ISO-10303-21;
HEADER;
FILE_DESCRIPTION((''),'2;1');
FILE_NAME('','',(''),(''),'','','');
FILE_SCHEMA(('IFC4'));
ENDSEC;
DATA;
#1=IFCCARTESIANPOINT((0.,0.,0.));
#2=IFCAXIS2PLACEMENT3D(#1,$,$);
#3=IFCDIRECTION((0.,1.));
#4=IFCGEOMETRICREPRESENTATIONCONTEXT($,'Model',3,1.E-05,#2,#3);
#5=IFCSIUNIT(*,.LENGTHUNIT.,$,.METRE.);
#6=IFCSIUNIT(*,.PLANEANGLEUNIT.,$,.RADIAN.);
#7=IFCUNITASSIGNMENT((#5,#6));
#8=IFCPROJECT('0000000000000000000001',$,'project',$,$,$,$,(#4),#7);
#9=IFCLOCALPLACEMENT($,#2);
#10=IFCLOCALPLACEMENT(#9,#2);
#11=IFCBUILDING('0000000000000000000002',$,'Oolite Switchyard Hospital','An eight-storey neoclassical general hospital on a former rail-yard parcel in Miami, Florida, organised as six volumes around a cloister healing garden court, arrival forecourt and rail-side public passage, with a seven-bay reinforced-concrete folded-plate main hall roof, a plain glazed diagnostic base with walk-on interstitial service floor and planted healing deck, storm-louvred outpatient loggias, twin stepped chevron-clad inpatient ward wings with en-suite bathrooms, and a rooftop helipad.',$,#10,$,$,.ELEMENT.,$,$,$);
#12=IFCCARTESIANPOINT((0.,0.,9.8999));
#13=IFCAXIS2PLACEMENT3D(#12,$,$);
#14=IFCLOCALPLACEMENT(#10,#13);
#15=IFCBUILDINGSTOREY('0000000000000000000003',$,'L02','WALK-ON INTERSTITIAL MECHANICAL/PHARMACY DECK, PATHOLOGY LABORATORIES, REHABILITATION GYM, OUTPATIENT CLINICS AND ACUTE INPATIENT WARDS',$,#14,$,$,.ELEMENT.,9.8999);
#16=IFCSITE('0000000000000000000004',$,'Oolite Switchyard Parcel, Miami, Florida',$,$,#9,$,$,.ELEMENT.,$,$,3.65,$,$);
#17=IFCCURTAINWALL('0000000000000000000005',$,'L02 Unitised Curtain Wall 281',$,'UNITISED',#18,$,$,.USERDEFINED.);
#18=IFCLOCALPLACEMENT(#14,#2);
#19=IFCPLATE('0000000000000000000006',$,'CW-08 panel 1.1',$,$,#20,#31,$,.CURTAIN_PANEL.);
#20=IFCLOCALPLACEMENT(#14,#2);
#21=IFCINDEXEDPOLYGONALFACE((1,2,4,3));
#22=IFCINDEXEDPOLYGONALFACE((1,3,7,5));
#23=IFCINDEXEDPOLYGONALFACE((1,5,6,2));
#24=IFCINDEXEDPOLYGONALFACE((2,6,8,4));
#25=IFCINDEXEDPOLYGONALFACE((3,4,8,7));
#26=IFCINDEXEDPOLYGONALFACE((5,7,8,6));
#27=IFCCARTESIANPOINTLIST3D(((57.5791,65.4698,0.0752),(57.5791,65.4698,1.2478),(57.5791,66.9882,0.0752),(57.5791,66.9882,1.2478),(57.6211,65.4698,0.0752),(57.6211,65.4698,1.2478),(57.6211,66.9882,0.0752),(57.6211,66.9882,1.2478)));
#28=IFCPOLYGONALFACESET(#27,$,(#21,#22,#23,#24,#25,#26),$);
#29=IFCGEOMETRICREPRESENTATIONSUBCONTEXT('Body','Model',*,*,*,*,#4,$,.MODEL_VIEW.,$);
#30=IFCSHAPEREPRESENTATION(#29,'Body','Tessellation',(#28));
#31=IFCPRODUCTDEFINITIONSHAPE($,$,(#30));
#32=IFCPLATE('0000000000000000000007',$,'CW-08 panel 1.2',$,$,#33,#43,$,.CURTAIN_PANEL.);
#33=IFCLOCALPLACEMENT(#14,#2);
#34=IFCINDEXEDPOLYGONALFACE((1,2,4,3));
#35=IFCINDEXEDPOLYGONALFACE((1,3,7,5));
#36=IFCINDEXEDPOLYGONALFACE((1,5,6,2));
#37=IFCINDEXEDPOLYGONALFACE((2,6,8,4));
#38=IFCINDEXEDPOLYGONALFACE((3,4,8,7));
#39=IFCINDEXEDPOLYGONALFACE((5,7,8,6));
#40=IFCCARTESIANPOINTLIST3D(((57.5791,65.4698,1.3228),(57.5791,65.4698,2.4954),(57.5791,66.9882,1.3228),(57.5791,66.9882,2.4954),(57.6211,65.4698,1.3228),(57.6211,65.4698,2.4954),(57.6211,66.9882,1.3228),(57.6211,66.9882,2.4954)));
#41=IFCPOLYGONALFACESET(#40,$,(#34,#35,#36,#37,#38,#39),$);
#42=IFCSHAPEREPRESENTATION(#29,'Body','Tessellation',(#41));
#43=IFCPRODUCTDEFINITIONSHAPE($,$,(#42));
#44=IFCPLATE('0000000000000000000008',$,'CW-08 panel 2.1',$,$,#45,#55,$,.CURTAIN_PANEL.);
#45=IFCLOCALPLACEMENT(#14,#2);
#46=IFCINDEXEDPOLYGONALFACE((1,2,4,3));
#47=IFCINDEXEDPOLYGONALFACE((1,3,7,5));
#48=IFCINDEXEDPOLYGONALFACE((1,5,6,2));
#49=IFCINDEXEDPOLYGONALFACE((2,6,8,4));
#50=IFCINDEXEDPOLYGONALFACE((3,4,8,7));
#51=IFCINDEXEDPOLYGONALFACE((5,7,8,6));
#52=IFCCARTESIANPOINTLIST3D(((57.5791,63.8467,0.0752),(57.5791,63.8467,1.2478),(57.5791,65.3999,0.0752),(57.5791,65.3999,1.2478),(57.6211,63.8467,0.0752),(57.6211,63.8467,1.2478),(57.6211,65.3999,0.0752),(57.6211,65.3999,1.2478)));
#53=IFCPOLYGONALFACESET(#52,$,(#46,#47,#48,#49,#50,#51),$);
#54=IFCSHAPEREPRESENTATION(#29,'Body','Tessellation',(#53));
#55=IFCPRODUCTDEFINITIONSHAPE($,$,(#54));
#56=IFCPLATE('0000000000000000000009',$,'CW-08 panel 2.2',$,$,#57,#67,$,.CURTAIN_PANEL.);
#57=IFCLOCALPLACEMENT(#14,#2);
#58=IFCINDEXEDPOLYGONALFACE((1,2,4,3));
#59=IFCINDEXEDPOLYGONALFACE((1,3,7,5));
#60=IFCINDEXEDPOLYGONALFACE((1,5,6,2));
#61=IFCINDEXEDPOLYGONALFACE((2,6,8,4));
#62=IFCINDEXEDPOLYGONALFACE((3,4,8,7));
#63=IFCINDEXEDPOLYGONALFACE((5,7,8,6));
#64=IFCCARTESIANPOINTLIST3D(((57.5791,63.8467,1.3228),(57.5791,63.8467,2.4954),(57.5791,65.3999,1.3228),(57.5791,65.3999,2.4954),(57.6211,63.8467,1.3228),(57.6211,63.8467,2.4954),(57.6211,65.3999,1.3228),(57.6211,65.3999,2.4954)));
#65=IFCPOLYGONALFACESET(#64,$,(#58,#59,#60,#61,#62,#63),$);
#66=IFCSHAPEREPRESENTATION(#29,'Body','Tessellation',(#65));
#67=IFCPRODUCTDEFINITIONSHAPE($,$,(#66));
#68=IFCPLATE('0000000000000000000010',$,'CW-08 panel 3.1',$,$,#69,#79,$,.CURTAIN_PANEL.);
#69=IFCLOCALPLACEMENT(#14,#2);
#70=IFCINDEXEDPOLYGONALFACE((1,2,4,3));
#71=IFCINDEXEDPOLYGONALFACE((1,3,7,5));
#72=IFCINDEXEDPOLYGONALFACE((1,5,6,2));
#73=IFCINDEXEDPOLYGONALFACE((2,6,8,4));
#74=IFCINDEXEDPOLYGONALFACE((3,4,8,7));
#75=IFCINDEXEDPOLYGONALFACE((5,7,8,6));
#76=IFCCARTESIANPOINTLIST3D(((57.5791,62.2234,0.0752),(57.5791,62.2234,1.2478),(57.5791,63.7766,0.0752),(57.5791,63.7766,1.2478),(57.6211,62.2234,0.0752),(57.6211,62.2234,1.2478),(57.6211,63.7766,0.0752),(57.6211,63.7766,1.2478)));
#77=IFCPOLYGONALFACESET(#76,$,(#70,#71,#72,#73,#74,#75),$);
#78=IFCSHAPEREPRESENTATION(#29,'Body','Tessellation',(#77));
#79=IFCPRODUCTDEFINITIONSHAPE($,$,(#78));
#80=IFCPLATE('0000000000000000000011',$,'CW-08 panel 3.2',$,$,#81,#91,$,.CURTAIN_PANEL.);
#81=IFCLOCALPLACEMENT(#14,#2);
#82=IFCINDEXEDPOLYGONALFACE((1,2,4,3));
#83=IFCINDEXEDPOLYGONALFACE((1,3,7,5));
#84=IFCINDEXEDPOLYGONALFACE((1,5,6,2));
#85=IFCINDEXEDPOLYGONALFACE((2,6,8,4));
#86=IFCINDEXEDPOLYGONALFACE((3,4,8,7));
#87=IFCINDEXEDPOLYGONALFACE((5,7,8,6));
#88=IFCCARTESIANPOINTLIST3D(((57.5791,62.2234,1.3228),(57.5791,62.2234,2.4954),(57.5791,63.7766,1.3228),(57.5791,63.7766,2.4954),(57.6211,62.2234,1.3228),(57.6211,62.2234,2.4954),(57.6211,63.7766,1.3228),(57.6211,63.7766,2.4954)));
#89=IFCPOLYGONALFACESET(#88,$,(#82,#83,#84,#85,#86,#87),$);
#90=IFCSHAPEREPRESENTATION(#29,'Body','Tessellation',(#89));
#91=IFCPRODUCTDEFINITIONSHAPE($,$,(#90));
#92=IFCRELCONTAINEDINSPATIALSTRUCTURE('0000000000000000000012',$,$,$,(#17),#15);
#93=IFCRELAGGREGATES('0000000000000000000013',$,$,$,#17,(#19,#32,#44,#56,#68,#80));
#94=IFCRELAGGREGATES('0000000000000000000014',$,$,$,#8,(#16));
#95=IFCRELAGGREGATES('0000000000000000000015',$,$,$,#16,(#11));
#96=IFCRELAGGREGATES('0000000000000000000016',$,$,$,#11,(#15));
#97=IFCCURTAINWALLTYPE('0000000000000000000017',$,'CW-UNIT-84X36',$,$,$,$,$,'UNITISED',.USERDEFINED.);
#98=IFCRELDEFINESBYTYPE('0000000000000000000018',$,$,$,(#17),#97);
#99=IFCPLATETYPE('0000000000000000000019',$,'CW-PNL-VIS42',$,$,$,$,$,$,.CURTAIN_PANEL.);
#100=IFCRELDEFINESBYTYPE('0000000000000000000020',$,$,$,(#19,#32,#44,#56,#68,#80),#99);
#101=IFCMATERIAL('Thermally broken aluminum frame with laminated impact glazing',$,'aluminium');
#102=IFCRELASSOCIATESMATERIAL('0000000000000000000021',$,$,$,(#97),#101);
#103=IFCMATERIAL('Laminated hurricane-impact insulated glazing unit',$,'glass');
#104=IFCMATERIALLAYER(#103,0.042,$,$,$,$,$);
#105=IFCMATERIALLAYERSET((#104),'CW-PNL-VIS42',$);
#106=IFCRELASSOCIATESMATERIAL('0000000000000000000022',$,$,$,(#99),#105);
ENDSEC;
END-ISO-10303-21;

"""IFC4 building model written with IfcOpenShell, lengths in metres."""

from ifc_helpers import new_model, si_unit, direction, frame, origin, origin_2d, place, context, subcontext, project, spatial, rectangle, extrude, material, layer, layer_set, type_object, element, aggregate, save


model = new_model("IFC4")

# Units and contexts
model_context = context("Model", 3, precision=1e-05, world=origin(), true_north=direction((0.0, 1.0)))
body_context = subcontext(model_context, "Body", "Model", "MODEL_VIEW")
ifc_project = project(units=[si_unit("LENGTHUNIT", "METRE"), si_unit("PLANEANGLEUNIT", "RADIAN")], contexts=[model_context])

# Site, building, storey
site_placement = place(None, origin())
site = spatial("IfcSite", under=ifc_project, at=site_placement, Name="Oolite Switchyard Parcel, Miami, Florida", CompositionType="ELEMENT", RefElevation=3.65)
building_placement = place(site_placement, origin())
building = spatial("IfcBuilding", under=site, at=building_placement, Name="Oolite Switchyard Hospital", Description="An eight-storey neoclassical general hospital on a former rail-yard parcel in Miami, Florida, organised as six volumes around a cloister healing garden court, arrival forecourt and rail-side public passage, with a seven-bay reinforced-concrete folded-plate main hall roof, a plain glazed diagnostic base with walk-on interstitial service floor and planted healing deck, storm-louvred outpatient loggias, twin stepped chevron-clad inpatient ward wings with en-suite bathrooms, and a rooftop helipad.", CompositionType="ELEMENT")
storey_placement = place(building_placement, frame((0.0, 0.0, 9.8999)))
storey = spatial("IfcBuildingStorey", under=building, at=storey_placement, Name="L02", Description="WALK-ON INTERSTITIAL MECHANICAL/PHARMACY DECK, PATHOLOGY LABORATORIES, REHABILITATION GYM, OUTPATIENT CLINICS AND ACUTE INPATIENT WARDS", CompositionType="ELEMENT", Elevation=9.8999)

# Curtain wall, plates
ifc_material_1 = material(Name="Thermally broken aluminum frame with laminated impact glazing", Category="aluminium")
curtain_wall_type = type_object("IfcCurtainWallType", Name="CW-UNIT-84X36", ElementType="UNITISED", PredefinedType="USERDEFINED", material=ifc_material_1)
curtain_wall_placement = place(storey_placement, origin())
curtain_wall = element("IfcCurtainWall", 1, at=curtain_wall_placement, inside=storey, type_object=curtain_wall_type, Name="L02 Unitised Curtain Wall 281", ObjectType="UNITISED", PredefinedType="USERDEFINED")
ifc_material_2 = material(Name="Laminated hurricane-impact insulated glazing unit", Category="glass")
ifc_layer = layer(ifc_material_2, 0.042)
ifc_layer_set = layer_set([ifc_layer], Name="CW-PNL-VIS42")
plate_type = type_object("IfcPlateType", Name="CW-PNL-VIS42", PredefinedType="CURTAIN_PANEL", material=ifc_layer_set)
plate_1_placement = place(storey_placement, frame((57.6001, 66.229, 0.0752), z_axis=(0.0, 0.0, 1.0), x_axis=(0.0, -1.0, 0.0)))
plate_1 = element("IfcPlate", 2, at=plate_1_placement, type_object=plate_type, Name="CW-08 panel 1.1", PredefinedType="CURTAIN_PANEL", context=body_context, shape_type="SweptSolid", body=[
    extrude(rectangle(XDim=1.5183, YDim=0.042, at=origin_2d()), origin(), (0.0, 0.0, 1.0), 1.1726),
])
plate_2_placement = place(storey_placement, frame((57.6001, 66.229, 1.3228), z_axis=(0.0, 0.0, 1.0), x_axis=(0.0, -1.0, 0.0)))
plate_2 = element("IfcPlate", 3, at=plate_2_placement, type_object=plate_type, Name="CW-08 panel 1.2", PredefinedType="CURTAIN_PANEL", context=body_context, shape_type="SweptSolid", body=[
    extrude(rectangle(XDim=1.5183, YDim=0.042, at=origin_2d()), origin(), (0.0, 0.0, 1.0), 1.1726),
])
plate_3_placement = place(storey_placement, frame((57.6001, 64.6233, 0.0752), z_axis=(0.0, 0.0, 1.0), x_axis=(0.0, -1.0, 0.0)))
plate_3 = element("IfcPlate", 4, at=plate_3_placement, type_object=plate_type, Name="CW-08 panel 2.1", PredefinedType="CURTAIN_PANEL", context=body_context, shape_type="SweptSolid", body=[
    extrude(rectangle(XDim=1.5532, YDim=0.042, at=origin_2d()), origin(), (0.0, 0.0, 1.0), 1.1726),
])
plate_4_placement = place(storey_placement, frame((57.6001, 64.6233, 1.3228), z_axis=(0.0, 0.0, 1.0), x_axis=(0.0, -1.0, 0.0)))
plate_4 = element("IfcPlate", 5, at=plate_4_placement, type_object=plate_type, Name="CW-08 panel 2.2", PredefinedType="CURTAIN_PANEL", context=body_context, shape_type="SweptSolid", body=[
    extrude(rectangle(XDim=1.5532, YDim=0.042, at=origin_2d()), origin(), (0.0, 0.0, 1.0), 1.1726),
])
plate_5_placement = place(storey_placement, frame((57.6001, 63.0, 0.0752), z_axis=(0.0, 0.0, 1.0), x_axis=(0.0, -1.0, 0.0)))
plate_5 = element("IfcPlate", 6, at=plate_5_placement, type_object=plate_type, Name="CW-08 panel 3.1", PredefinedType="CURTAIN_PANEL", context=body_context, shape_type="SweptSolid", body=[
    extrude(rectangle(XDim=1.5532, YDim=0.042, at=origin_2d()), origin(), (0.0, 0.0, 1.0), 1.1726),
])
plate_6_placement = place(storey_placement, frame((57.6001, 63.0, 1.3228), z_axis=(0.0, 0.0, 1.0), x_axis=(0.0, -1.0, 0.0)))
plate_6 = element("IfcPlate", 7, at=plate_6_placement, type_object=plate_type, Name="CW-08 panel 3.2", PredefinedType="CURTAIN_PANEL", context=body_context, shape_type="SweptSolid", body=[
    extrude(rectangle(XDim=1.5532, YDim=0.042, at=origin_2d()), origin(), (0.0, 0.0, 1.0), 1.1726),
])
aggregate(curtain_wall, [plate_1, plate_2, plate_3, plate_4, plate_5, plate_6])

save(model, "model.ifc")
